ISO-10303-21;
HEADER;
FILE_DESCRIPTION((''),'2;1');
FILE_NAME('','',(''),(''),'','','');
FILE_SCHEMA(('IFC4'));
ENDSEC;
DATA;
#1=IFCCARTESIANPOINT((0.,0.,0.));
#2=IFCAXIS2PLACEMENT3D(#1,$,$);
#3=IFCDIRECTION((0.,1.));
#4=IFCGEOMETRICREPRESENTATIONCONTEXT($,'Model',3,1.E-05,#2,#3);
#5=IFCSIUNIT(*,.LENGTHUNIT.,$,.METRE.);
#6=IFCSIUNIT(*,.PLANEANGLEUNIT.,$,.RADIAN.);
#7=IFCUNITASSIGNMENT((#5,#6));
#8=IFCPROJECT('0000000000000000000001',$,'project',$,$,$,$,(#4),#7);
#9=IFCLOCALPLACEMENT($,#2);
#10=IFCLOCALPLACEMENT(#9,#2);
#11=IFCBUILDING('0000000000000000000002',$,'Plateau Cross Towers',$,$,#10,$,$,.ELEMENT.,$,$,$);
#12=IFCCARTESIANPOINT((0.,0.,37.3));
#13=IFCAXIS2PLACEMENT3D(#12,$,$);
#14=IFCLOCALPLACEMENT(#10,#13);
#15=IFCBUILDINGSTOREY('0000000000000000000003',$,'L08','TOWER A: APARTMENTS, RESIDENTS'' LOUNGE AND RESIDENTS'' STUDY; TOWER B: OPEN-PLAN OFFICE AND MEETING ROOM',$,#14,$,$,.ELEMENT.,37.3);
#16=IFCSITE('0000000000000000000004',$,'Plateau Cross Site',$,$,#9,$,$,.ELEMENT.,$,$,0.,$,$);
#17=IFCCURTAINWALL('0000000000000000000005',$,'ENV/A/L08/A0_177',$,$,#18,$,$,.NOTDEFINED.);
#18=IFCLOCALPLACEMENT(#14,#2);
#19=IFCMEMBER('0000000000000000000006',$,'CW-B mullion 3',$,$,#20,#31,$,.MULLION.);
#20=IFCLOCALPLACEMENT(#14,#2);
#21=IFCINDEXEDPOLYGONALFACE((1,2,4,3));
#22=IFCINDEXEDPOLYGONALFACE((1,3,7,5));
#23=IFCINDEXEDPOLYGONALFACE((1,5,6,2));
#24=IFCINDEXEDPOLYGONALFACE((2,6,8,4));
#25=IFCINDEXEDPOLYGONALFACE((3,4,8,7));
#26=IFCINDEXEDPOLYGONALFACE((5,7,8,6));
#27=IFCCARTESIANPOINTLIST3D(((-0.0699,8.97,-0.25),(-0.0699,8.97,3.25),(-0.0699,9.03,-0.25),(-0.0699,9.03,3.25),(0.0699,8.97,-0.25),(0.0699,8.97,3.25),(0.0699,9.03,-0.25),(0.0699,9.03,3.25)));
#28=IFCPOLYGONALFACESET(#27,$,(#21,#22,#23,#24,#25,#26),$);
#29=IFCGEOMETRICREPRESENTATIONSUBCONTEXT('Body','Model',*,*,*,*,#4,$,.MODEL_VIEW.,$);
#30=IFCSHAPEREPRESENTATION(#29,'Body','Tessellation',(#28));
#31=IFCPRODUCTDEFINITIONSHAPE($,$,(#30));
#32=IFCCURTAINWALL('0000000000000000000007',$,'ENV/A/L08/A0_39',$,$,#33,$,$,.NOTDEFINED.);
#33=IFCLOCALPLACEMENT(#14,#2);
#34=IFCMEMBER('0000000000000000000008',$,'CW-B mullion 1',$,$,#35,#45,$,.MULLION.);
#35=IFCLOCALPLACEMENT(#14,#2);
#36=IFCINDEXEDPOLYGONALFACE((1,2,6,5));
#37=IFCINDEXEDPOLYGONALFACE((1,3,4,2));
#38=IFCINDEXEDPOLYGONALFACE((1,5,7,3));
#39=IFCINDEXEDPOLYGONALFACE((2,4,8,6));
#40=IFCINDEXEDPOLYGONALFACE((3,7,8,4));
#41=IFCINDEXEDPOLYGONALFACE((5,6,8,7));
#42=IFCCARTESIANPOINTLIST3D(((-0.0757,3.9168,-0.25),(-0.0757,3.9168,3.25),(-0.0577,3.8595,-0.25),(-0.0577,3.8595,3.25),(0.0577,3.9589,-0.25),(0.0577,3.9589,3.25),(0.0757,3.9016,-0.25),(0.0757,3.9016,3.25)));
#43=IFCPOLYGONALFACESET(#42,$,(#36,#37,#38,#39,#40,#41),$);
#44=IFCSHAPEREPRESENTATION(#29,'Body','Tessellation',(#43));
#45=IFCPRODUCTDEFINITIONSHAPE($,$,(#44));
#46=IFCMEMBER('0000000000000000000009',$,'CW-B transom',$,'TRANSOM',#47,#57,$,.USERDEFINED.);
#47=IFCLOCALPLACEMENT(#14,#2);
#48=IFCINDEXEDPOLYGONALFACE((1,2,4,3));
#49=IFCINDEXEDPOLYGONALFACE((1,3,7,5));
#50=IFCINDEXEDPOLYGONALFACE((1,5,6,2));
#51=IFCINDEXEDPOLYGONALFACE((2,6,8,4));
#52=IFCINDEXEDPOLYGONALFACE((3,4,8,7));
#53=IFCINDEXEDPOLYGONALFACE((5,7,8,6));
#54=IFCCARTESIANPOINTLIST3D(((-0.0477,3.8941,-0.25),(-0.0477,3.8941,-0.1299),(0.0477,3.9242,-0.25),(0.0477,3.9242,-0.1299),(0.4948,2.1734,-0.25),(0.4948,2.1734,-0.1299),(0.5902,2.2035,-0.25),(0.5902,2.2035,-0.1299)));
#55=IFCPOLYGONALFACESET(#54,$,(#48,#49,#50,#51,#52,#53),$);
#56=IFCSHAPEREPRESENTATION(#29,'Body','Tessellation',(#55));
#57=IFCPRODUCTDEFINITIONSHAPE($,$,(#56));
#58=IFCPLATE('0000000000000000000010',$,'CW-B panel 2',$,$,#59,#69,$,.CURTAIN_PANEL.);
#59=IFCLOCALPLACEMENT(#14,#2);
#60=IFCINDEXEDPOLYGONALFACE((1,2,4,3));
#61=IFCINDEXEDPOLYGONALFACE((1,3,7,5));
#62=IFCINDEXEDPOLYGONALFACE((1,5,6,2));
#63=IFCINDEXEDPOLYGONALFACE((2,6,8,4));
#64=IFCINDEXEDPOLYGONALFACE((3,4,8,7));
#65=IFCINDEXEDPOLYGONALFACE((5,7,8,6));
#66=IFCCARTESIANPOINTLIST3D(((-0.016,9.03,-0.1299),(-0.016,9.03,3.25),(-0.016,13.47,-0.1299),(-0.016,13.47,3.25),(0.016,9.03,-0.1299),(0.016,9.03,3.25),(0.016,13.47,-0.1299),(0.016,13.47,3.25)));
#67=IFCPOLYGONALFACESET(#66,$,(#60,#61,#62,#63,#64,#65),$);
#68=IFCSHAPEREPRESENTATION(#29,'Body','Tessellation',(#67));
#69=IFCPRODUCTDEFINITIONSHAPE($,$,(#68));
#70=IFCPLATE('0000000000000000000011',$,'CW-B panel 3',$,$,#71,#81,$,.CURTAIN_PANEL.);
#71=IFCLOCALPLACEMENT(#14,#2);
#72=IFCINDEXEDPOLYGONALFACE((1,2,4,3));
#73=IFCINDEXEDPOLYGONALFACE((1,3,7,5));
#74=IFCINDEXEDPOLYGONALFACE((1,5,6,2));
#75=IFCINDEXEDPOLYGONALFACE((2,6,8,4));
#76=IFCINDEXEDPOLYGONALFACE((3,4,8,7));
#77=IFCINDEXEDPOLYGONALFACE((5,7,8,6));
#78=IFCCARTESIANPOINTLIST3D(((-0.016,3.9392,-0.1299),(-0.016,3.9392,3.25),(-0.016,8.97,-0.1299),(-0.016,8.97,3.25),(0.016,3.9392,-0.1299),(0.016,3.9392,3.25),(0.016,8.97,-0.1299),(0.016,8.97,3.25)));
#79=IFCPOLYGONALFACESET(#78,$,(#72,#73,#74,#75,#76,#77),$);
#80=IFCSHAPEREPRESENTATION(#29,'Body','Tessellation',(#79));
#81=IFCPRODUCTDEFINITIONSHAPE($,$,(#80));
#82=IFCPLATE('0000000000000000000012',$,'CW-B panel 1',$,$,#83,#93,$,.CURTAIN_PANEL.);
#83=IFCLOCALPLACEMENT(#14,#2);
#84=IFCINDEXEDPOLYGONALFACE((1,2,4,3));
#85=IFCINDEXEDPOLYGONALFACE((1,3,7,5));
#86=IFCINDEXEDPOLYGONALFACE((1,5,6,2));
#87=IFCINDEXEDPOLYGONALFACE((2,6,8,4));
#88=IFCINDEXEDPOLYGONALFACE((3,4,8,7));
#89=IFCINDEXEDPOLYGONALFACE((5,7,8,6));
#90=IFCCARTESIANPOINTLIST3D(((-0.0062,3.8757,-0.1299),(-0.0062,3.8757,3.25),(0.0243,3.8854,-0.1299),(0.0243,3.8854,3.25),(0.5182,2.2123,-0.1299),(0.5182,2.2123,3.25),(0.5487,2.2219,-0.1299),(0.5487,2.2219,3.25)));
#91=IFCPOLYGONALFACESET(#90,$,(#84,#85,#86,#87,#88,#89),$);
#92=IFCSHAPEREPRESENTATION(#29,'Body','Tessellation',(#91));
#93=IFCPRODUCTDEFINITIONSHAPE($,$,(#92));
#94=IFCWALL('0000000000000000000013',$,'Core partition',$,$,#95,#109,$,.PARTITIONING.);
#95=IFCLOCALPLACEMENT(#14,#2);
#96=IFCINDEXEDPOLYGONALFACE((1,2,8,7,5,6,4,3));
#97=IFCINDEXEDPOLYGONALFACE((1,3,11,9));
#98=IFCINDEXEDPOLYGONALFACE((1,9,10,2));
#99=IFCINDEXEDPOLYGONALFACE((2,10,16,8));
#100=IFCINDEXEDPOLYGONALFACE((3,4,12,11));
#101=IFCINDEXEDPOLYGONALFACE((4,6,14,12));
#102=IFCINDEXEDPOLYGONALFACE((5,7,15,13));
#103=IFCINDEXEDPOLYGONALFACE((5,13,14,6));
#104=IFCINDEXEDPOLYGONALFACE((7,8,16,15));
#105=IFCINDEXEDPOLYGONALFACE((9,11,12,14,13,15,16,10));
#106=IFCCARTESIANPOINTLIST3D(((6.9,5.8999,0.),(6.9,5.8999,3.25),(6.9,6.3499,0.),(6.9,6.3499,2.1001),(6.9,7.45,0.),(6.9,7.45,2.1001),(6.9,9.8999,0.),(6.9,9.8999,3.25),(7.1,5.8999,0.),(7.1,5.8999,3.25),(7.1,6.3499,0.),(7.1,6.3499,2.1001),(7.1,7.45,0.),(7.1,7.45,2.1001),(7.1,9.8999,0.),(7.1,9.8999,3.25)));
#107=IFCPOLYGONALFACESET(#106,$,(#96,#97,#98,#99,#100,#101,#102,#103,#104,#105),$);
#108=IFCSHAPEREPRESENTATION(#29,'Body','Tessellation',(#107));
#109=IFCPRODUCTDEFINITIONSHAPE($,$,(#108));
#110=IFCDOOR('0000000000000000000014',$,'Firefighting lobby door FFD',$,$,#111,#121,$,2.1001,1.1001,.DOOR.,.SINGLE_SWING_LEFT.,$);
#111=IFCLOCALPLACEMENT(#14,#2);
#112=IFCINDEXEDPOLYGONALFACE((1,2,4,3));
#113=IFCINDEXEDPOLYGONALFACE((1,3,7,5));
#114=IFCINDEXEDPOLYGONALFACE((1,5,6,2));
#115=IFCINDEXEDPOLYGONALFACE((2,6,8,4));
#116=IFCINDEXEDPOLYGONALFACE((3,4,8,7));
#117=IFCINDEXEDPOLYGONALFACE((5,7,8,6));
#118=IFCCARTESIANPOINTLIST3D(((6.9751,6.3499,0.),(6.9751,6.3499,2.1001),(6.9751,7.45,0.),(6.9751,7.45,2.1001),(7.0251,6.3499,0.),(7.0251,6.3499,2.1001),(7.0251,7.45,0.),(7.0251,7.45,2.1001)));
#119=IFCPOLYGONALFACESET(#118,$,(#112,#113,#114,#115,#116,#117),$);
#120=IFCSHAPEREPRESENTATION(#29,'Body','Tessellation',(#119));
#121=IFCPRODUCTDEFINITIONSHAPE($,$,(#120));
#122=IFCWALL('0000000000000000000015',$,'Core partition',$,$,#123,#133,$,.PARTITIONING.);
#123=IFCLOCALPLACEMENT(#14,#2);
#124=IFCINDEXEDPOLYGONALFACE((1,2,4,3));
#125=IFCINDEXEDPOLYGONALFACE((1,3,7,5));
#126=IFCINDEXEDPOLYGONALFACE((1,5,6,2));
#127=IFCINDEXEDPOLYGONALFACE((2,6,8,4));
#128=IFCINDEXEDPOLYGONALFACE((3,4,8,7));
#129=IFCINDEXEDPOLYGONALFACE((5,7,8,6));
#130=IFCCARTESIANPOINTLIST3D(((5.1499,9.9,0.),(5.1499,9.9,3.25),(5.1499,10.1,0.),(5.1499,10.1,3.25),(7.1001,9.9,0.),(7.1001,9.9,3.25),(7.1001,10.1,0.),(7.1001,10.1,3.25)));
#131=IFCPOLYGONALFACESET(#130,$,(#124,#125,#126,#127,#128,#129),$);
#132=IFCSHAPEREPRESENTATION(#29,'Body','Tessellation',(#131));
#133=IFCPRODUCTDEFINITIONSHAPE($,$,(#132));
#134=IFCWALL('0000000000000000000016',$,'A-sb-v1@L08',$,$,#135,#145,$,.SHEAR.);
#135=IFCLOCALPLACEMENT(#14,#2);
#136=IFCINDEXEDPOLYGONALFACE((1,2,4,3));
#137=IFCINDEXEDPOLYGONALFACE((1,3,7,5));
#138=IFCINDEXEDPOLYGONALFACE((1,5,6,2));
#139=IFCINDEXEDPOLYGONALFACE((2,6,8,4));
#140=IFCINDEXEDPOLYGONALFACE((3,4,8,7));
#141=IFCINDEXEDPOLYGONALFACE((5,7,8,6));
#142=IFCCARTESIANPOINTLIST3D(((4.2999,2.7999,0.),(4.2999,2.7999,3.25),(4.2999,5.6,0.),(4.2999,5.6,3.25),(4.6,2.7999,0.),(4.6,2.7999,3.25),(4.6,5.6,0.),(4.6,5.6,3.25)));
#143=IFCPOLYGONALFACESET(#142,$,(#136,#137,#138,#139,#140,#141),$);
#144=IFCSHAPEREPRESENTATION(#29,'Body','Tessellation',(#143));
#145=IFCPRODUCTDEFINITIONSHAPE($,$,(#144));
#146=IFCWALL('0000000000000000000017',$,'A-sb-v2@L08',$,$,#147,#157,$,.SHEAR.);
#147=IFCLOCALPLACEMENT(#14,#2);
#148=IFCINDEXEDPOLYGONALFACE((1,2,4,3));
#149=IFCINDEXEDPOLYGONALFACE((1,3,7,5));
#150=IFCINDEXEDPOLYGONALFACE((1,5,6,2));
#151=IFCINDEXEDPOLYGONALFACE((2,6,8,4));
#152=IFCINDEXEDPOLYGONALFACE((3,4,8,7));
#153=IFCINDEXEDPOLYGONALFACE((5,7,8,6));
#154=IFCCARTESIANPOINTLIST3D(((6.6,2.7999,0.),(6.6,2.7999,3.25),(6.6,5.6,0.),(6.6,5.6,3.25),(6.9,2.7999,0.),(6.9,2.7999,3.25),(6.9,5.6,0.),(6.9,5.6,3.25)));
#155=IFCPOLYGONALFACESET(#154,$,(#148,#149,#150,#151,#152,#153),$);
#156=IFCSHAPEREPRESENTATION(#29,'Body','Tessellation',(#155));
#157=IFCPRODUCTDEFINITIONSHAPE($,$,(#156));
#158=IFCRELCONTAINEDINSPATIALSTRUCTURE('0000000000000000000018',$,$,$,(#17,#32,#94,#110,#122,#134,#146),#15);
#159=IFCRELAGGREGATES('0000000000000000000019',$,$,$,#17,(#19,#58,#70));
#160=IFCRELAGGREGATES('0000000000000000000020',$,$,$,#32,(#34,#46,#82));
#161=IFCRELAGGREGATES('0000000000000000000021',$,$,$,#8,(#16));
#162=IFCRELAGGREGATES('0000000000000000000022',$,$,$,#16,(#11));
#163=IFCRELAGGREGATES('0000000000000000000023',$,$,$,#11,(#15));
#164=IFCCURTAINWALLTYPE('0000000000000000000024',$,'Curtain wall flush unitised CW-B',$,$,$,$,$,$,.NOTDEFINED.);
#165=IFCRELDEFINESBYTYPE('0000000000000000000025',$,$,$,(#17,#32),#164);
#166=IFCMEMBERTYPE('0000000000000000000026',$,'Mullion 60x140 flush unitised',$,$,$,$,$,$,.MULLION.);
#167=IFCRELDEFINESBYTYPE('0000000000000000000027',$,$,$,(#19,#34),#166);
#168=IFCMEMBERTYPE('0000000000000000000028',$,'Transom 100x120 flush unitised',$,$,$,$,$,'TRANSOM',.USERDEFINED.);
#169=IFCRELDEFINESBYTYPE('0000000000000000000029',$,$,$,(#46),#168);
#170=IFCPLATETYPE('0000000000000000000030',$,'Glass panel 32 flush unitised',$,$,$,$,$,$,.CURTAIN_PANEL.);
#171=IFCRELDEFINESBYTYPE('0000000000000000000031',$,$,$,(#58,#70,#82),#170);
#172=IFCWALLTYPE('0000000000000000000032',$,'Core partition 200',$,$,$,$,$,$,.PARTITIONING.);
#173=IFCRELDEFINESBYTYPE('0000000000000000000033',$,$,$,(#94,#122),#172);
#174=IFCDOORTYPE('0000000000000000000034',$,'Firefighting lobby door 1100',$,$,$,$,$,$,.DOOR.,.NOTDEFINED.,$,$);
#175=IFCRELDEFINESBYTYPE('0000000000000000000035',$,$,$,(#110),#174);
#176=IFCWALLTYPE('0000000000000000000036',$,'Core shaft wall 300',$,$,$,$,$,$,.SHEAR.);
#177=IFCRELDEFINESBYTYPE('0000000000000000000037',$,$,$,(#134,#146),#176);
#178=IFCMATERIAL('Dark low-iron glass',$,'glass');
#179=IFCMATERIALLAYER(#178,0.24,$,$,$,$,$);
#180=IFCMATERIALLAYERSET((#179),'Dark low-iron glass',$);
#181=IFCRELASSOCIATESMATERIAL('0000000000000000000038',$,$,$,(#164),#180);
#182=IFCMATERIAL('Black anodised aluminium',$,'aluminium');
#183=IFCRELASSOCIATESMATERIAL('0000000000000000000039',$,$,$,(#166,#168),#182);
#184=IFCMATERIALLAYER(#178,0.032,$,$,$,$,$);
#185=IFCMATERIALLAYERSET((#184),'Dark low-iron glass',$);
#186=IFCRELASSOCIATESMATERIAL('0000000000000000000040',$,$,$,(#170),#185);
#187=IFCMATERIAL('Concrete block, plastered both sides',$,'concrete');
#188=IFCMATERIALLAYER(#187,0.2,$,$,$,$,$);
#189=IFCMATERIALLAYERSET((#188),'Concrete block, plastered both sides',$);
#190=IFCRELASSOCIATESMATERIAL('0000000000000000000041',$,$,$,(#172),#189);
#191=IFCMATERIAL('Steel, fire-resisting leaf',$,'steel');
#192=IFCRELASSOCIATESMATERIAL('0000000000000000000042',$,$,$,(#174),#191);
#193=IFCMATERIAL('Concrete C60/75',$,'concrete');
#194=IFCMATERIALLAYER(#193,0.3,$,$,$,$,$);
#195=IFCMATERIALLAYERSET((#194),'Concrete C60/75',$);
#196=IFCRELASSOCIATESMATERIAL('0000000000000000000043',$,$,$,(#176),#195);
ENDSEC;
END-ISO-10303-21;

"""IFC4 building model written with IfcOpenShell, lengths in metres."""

from ifc_helpers import new_model, si_unit, direction, frame, frame_2d, origin, origin_2d, place, context, subcontext, project, spatial, rectangle, extrude, material, layer, layer_set, material_profile, profile_set, type_object, element, fill, aggregate, save


model = new_model("IFC4")

# Units and contexts
model_context = context("Model", 3, precision=1e-05, world=origin(), true_north=direction((0.0, 1.0)))
body_context = subcontext(model_context, "Body", "Model", "MODEL_VIEW")
ifc_project = project(units=[si_unit("LENGTHUNIT", "METRE"), si_unit("PLANEANGLEUNIT", "RADIAN")], contexts=[model_context])

# Site, building, storey
site_placement = place(None, origin())
site = spatial("IfcSite", under=ifc_project, at=site_placement, Name="Plateau Cross Site", CompositionType="ELEMENT", RefElevation=0.0)
building_placement = place(site_placement, origin())
building = spatial("IfcBuilding", under=site, at=building_placement, Name="Plateau Cross Towers", CompositionType="ELEMENT")
storey_placement = place(building_placement, frame((0.0, 0.0, 37.3)))
storey = spatial("IfcBuildingStorey", under=building, at=storey_placement, Name="L08", Description="TOWER A: APARTMENTS, RESIDENTS' LOUNGE AND RESIDENTS' STUDY; TOWER B: OPEN-PLAN OFFICE AND MEETING ROOM", CompositionType="ELEMENT", Elevation=37.3)

# Curtain wall, member
ifc_material_1 = material(Name="Dark low-iron glass", Category="glass")
ifc_layer_1 = layer(ifc_material_1, 0.24)
ifc_layer_set_1 = layer_set([ifc_layer_1], Name="Dark low-iron glass")
curtain_wall_type = type_object("IfcCurtainWallType", Name="Curtain wall flush unitised CW-B", PredefinedType="NOTDEFINED", material=ifc_layer_set_1)
curtain_wall_1_placement = place(storey_placement, origin())
curtain_wall_1 = element("IfcCurtainWall", 1, at=curtain_wall_1_placement, inside=storey, type_object=curtain_wall_type, Name="ENV/A/L08/A0_177", PredefinedType="NOTDEFINED")
ifc_material_2 = material(Name="Black anodised aluminium", Category="aluminium")
ifc_material_profile_1 = material_profile(ifc_material_2, rectangle(XDim=0.0601, YDim=0.1399, at=origin_2d()), Name="MULLION 60x140")
ifc_profile_set_1 = profile_set([ifc_material_profile_1], Name="Black anodised aluminium")
member_type_1 = type_object("IfcMemberType", Name="Mullion 60x140 flush unitised", PredefinedType="MULLION", material=ifc_profile_set_1)
member_1_placement = place(storey_placement, frame((0.0, 9.0, -0.25), z_axis=(0.0, 0.0, 1.0), x_axis=(0.0, -1.0, 0.0)))
member_1 = element("IfcMember", 2, at=member_1_placement, type_object=member_type_1, Name="CW-B mullion 3", PredefinedType="MULLION", context=body_context, shape_type="SweptSolid", body=[
    extrude(rectangle(XDim=0.0601, YDim=0.1399, at=origin_2d()), origin(), (0.0, 0.0, 1.0), 3.5),
])

# Curtain wall, members
curtain_wall_2_placement = place(storey_placement, origin())
curtain_wall_2 = element("IfcCurtainWall", 3, at=curtain_wall_2_placement, inside=storey, type_object=curtain_wall_type, Name="ENV/A/L08/A0_39", PredefinedType="NOTDEFINED")
member_2_placement = place(storey_placement, frame((0.0, 3.9092, -0.25), z_axis=(0.0, 0.0, 1.0), x_axis=(0.300686, -0.953723, 0.0)))
member_2 = element("IfcMember", 4, at=member_2_placement, type_object=member_type_1, Name="CW-B mullion 1", PredefinedType="MULLION", context=body_context, shape_type="SweptSolid", body=[
    extrude(rectangle(XDim=0.0601, YDim=0.1399, at=origin_2d()), origin(), (0.0, 0.0, 1.0), 3.5),
])
ifc_material_profile_2 = material_profile(ifc_material_2, rectangle(XDim=0.1001, YDim=0.1201, at=origin_2d()), Name="TRANSOM 100x120")
ifc_profile_set_2 = profile_set([ifc_material_profile_2], Name="Black anodised aluminium")
member_type_2 = type_object("IfcMemberType", Name="Transom 100x120 flush unitised", ElementType="TRANSOM", PredefinedType="USERDEFINED", material=ifc_profile_set_2)
member_3_placement = place(storey_placement, frame((0.0, 3.9092, -0.1899), z_axis=(0.300678, -0.953726, 0.0), x_axis=(0.953726, 0.300678, 0.0)))
member_3 = element("IfcMember", 5, at=member_3_placement, type_object=member_type_2, Name="CW-B transom", ObjectType="TRANSOM", PredefinedType="USERDEFINED", context=body_context, shape_type="SweptSolid", body=[
    extrude(rectangle(XDim=0.1001, YDim=0.1201, at=origin_2d()), origin(), (0.0, 0.0, 1.0), 1.8042),
])

# Plates
ifc_layer_2 = layer(ifc_material_1, 0.032)
ifc_layer_set_2 = layer_set([ifc_layer_2], Name="Dark low-iron glass")
plate_type = type_object("IfcPlateType", Name="Glass panel 32 flush unitised", PredefinedType="CURTAIN_PANEL", material=ifc_layer_set_2)
plate_1_placement = place(storey_placement, frame((0.0, 11.25, -0.1299), z_axis=(0.0, 0.0, 1.0), x_axis=(0.0, -1.0, 0.0)))
plate_1 = element("IfcPlate", 6, at=plate_1_placement, type_object=plate_type, Name="CW-B panel 2", PredefinedType="CURTAIN_PANEL", context=body_context, shape_type="SweptSolid", body=[
    extrude(rectangle(XDim=4.4399, YDim=0.032, at=origin_2d()), origin(), (0.0, 0.0, 1.0), 3.3799),
])
plate_2_placement = place(storey_placement, frame((0.0, 6.4546, -0.1299), z_axis=(0.0, 0.0, 1.0), x_axis=(0.0, -1.0, 0.0)))
plate_2 = element("IfcPlate", 7, at=plate_2_placement, type_object=plate_type, Name="CW-B panel 3", PredefinedType="CURTAIN_PANEL", context=body_context, shape_type="SweptSolid", body=[
    extrude(rectangle(XDim=5.0308, YDim=0.032, at=origin_2d()), origin(), (0.0, 0.0, 1.0), 3.3799),
])
aggregate(curtain_wall_1, [member_1, plate_1, plate_2])
plate_3_placement = place(storey_placement, frame((0.2712, 3.0488, -0.1299), z_axis=(0.0, 0.0, 1.0), x_axis=(0.300686, -0.953723, 0.0)))
plate_3 = element("IfcPlate", 8, at=plate_3_placement, type_object=plate_type, Name="CW-B panel 1", PredefinedType="CURTAIN_PANEL", context=body_context, shape_type="SweptSolid", body=[
    extrude(rectangle(XDim=1.7441, YDim=0.032, at=origin_2d()), origin(), (0.0, 0.0, 1.0), 3.3799),
])
aggregate(curtain_wall_2, [member_2, member_3, plate_3])

# Wall, opening, door
ifc_material_3 = material(Name="Concrete block, plastered both sides", Category="concrete")
ifc_layer_3 = layer(ifc_material_3, 0.2)
ifc_layer_set_3 = layer_set([ifc_layer_3], Name="Concrete block, plastered both sides")
wall_type_1 = type_object("IfcWallType", Name="Core partition 200", PredefinedType="PARTITIONING", material=ifc_layer_set_3)
wall_1_placement = place(storey_placement, frame((7.0, 5.8999, 0.0), z_axis=(0.0, 0.0, 1.0), x_axis=(0.0, 1.0, 0.0)))
wall_1 = element("IfcWall", 9, at=wall_1_placement, inside=storey, type_object=wall_type_1, Name="Core partition", PredefinedType="PARTITIONING", context=body_context, shape_type="SweptSolid", body=[
    extrude(rectangle(XDim=4.0, YDim=0.2, at=frame_2d((2.0, 0.0))), origin(), (0.0, 0.0, 1.0), 3.25),
])
opening_1_placement = place(wall_1_placement, frame((0.45, 0.0, 0.0)))
opening_1 = element("IfcOpeningElement", 10, at=opening_1_placement, cuts=wall_1, PredefinedType="OPENING", context=body_context, shape_type="SweptSolid", body=[
    extrude(rectangle(XDim=1.1001, YDim=2.1001, at=frame_2d((0.55, 1.05))), frame((0.0, 0.1099, 0.0), z_axis=(0.0, -1.0, 0.0), x_axis=(1.0, 0.0, 0.0)), (0.0, 0.0, 1.0), 0.22),
])
ifc_material_4 = material(Name="Steel, fire-resisting leaf", Category="steel")
door_type_1 = type_object("IfcDoorType", Name="Firefighting lobby door 1100", OperationType="NOTDEFINED", PredefinedType="DOOR", material=ifc_material_4)
door_1_placement = place(opening_1_placement, origin())
door_1 = element("IfcDoor", 11, at=door_1_placement, inside=storey, type_object=door_type_1, Name="Firefighting lobby door FFD", OperationType="SINGLE_SWING_LEFT", OverallHeight=2.1001, OverallWidth=1.1001, PredefinedType="DOOR", context=body_context, shape_type="SweptSolid", body=[
    extrude(rectangle(XDim=1.1001, YDim=2.1001, at=frame_2d((0.55, 1.05))), frame((0.0, 0.0249, 0.0), z_axis=(0.0, -1.0, 0.0), x_axis=(1.0, 0.0, 0.0)), (0.0, 0.0, 1.0), 0.05),
])
fill(opening_1, door_1)

# Walls
wall_2_placement = place(storey_placement, frame((5.1499, 10.0, 0.0), z_axis=(0.0, 0.0, 1.0), x_axis=(1.0, 0.0, 0.0)))
element("IfcWall", 12, at=wall_2_placement, inside=storey, type_object=wall_type_1, Name="Core partition", PredefinedType="PARTITIONING", context=body_context, shape_type="SweptSolid", body=[
    extrude(rectangle(XDim=1.9502, YDim=0.2, at=frame_2d((0.9751, 0.0))), origin(), (0.0, 0.0, 1.0), 3.25),
])
ifc_material_5 = material(Name="Concrete C60/75", Category="concrete")
ifc_layer_4 = layer(ifc_material_5, 0.3)
ifc_layer_set_4 = layer_set([ifc_layer_4], Name="Concrete C60/75")
wall_type_2 = type_object("IfcWallType", Name="Core shaft wall 300", PredefinedType="SHEAR", material=ifc_layer_set_4)
for number, where, z_axis, x_axis, name in (
    (13, (4.45, 2.8, 0.0), (0.0, 0.0, 1.0), (0.0, 1.0, 0.0), "A-sb-v1@L08"),
    (14, (6.75, 2.8, 0.0), (0.0, 0.0, 1.0), (0.0, 1.0, 0.0), "A-sb-v2@L08"),
):
    element("IfcWall", number, at=place(storey_placement, frame(where, z_axis=z_axis, x_axis=x_axis)), inside=storey, type_object=wall_type_2, Name=name, PredefinedType="SHEAR", context=body_context, shape_type="SweptSolid", body=[
        extrude(rectangle(XDim=2.8, YDim=0.3, at=frame_2d((1.3999, 0.0))), origin(), (0.0, 0.0, 1.0), 3.25),
    ])

save(model, "model.ifc")
